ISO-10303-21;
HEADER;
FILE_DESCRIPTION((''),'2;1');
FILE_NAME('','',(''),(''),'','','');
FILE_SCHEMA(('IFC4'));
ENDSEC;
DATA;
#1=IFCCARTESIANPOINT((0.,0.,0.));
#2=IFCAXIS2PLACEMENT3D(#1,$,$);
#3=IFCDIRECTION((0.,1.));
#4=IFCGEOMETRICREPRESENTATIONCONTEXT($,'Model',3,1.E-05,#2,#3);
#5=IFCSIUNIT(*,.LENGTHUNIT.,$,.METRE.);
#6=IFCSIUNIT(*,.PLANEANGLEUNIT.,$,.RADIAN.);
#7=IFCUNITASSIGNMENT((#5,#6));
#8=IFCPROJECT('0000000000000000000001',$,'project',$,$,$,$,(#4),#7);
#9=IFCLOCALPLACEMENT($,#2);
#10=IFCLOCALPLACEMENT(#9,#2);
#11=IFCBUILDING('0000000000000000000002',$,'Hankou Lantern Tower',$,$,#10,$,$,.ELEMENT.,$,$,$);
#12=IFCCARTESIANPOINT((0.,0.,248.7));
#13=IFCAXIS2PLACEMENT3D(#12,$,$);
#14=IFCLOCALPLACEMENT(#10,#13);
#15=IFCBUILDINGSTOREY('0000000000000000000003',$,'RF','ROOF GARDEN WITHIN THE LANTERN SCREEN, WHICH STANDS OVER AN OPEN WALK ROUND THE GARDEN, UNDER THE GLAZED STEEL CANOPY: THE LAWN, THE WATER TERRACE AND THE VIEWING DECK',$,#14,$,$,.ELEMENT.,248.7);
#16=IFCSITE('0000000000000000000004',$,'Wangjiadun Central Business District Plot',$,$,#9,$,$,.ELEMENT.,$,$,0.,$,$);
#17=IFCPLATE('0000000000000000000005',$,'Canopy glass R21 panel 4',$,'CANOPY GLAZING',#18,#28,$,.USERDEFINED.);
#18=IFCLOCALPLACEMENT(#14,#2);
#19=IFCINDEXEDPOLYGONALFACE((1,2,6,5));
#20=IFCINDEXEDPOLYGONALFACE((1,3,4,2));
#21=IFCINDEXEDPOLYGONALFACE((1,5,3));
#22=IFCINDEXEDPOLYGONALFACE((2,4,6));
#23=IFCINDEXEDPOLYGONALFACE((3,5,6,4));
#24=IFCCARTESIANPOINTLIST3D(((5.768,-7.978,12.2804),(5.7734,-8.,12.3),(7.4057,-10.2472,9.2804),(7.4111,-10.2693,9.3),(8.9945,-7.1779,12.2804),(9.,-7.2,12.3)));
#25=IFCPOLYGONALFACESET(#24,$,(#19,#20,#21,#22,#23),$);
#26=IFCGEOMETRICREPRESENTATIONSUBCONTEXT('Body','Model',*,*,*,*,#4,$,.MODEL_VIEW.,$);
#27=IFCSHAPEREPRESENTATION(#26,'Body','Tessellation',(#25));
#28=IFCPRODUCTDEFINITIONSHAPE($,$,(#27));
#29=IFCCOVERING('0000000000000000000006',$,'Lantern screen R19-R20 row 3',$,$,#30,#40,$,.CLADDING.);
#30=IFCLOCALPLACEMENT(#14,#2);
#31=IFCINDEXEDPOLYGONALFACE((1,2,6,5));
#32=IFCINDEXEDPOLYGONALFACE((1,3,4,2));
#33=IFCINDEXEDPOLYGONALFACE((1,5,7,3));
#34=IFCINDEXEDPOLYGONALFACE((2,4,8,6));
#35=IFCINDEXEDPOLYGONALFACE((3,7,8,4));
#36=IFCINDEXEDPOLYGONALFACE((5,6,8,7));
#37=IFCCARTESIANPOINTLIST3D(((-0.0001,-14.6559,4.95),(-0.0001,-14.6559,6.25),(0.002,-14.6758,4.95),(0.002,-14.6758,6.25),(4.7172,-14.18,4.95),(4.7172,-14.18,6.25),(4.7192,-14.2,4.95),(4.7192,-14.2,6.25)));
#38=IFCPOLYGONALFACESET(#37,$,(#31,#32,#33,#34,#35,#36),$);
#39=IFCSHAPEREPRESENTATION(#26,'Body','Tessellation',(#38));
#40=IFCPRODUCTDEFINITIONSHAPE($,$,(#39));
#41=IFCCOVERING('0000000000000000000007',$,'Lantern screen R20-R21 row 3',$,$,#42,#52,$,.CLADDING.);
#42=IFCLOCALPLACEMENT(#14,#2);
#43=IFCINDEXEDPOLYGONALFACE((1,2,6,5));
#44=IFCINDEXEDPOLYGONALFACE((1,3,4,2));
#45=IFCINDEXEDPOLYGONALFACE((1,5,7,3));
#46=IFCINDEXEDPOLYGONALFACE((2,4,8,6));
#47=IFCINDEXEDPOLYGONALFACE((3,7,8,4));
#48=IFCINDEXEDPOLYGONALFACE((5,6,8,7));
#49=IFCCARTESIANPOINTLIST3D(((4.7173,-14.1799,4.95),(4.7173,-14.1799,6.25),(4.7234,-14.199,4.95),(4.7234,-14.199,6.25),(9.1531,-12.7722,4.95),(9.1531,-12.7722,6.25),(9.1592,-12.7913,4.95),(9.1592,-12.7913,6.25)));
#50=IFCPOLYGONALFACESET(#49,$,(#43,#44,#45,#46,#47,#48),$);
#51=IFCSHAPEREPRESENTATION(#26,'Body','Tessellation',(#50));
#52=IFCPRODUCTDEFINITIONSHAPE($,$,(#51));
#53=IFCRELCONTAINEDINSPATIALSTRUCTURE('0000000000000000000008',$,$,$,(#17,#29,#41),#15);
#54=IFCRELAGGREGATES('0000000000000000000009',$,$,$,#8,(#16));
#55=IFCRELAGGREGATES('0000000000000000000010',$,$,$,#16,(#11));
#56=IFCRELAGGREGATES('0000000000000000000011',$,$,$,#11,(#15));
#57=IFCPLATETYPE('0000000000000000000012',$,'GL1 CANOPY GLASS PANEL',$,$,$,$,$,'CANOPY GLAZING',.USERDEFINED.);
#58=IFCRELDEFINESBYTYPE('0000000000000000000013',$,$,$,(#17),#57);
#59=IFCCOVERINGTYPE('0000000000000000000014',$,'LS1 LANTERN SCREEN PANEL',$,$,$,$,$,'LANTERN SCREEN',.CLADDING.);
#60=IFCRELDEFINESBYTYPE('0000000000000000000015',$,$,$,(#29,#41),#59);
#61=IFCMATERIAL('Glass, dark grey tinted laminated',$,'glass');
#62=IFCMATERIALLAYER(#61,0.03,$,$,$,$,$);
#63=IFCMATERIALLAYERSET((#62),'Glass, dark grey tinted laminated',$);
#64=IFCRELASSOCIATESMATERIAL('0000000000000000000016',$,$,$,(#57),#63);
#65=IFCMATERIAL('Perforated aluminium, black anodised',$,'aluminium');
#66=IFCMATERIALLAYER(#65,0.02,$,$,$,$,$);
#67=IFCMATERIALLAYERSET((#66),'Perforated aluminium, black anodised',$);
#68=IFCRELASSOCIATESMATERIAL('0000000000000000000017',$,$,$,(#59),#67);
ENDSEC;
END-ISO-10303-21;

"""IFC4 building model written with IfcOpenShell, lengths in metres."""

from ifc_helpers import new_model, si_unit, direction, frame, origin, place, context, subcontext, project, spatial, polyline, outline, extrude, material, layer, layer_set, type_object, element, save


model = new_model("IFC4")

# Units and contexts
model_context = context("Model", 3, precision=1e-05, world=origin(), true_north=direction((0.0, 1.0)))
body_context = subcontext(model_context, "Body", "Model", "MODEL_VIEW")
ifc_project = project(units=[si_unit("LENGTHUNIT", "METRE"), si_unit("PLANEANGLEUNIT", "RADIAN")], contexts=[model_context])

# Site, building, storey
site_placement = place(None, origin())
site = spatial("IfcSite", under=ifc_project, at=site_placement, Name="Wangjiadun Central Business District Plot", CompositionType="ELEMENT", RefElevation=0.0)
building_placement = place(site_placement, origin())
building = spatial("IfcBuilding", under=site, at=building_placement, Name="Hankou Lantern Tower", CompositionType="ELEMENT")
storey_placement = place(building_placement, frame((0.0, 0.0, 248.7)))
storey = spatial("IfcBuildingStorey", under=building, at=storey_placement, Name="RF", Description="ROOF GARDEN WITHIN THE LANTERN SCREEN, WHICH STANDS OVER AN OPEN WALK ROUND THE GARDEN, UNDER THE GLAZED STEEL CANOPY: THE LAWN, THE WATER TERRACE AND THE VIEWING DECK", CompositionType="ELEMENT", Elevation=248.7)

# Plate
ifc_material_1 = material(Name="Glass, dark grey tinted laminated", Category="glass")
ifc_layer_1 = layer(ifc_material_1, 0.03)
ifc_layer_set_1 = layer_set([ifc_layer_1], Name="Glass, dark grey tinted laminated")
plate_type = type_object("IfcPlateType", Name="GL1 CANOPY GLASS PANEL", ElementType="CANOPY GLAZING", PredefinedType="USERDEFINED", material=ifc_layer_set_1)
plate_1_placement = place(storey_placement, frame((7.4111, -10.2693, 9.3), z_axis=(0.181969, -0.733873, 0.65446), x_axis=(0.347172, 0.670658, 0.655508)))
element("IfcPlate", 1, at=plate_1_placement, inside=storey, type_object=plate_type, Name="Canopy glass R21 panel 4", ObjectType="CANOPY GLAZING", PredefinedType="USERDEFINED", context=body_context, shape_type="SweptSolid", body=[
    extrude(outline(polyline([(0.0, 0.0), (4.5766, 0.0), (2.9199, 2.882), (0.0, 0.0)])), origin(), (0.0, 0.0, -1.0), 0.03),
])

# Coverings
ifc_material_2 = material(Name="Perforated aluminium, black anodised", Category="aluminium")
ifc_layer_2 = layer(ifc_material_2, 0.02)
ifc_layer_set_2 = layer_set([ifc_layer_2], Name="Perforated aluminium, black anodised")
covering_type = type_object("IfcCoveringType", Name="LS1 LANTERN SCREEN PANEL", ElementType="LANTERN SCREEN", PredefinedType="CLADDING", material=ifc_layer_set_2)
covering_1_placement = place(storey_placement, frame((0.002, -14.6758, 4.95), z_axis=(0.10036, -0.994951, 0.0), x_axis=(0.994951, 0.10036, 0.0)))
element("IfcCovering", 2, at=covering_1_placement, inside=storey, type_object=covering_type, Name="Lantern screen R19-R20 row 3", PredefinedType="CLADDING", context=body_context, shape_type="SweptSolid", body=[
    extrude(outline(polyline([(0.0, 0.0), (4.7412, 0.0), (4.7412, 1.3), (0.0, 1.3), (0.0, 0.0)])), origin(), (0.0, 0.0, -1.0), 0.02),
])
covering_2_placement = place(storey_placement, frame((4.7234, -14.199, 4.95), z_axis=(0.302487, -0.953154, 0.0), x_axis=(0.953154, 0.302487, 0.0)))
element("IfcCovering", 3, at=covering_2_placement, inside=storey, type_object=covering_type, Name="Lantern screen R20-R21 row 3", PredefinedType="CLADDING", context=body_context, shape_type="SweptSolid", body=[
    extrude(outline(polyline([(0.0, 0.0), (4.6538, 0.0), (4.6538, 1.3), (0.0, 1.3), (0.0, 0.0)])), origin(), (0.0, 0.0, -1.0), 0.02),
])

save(model, "model.ifc")
